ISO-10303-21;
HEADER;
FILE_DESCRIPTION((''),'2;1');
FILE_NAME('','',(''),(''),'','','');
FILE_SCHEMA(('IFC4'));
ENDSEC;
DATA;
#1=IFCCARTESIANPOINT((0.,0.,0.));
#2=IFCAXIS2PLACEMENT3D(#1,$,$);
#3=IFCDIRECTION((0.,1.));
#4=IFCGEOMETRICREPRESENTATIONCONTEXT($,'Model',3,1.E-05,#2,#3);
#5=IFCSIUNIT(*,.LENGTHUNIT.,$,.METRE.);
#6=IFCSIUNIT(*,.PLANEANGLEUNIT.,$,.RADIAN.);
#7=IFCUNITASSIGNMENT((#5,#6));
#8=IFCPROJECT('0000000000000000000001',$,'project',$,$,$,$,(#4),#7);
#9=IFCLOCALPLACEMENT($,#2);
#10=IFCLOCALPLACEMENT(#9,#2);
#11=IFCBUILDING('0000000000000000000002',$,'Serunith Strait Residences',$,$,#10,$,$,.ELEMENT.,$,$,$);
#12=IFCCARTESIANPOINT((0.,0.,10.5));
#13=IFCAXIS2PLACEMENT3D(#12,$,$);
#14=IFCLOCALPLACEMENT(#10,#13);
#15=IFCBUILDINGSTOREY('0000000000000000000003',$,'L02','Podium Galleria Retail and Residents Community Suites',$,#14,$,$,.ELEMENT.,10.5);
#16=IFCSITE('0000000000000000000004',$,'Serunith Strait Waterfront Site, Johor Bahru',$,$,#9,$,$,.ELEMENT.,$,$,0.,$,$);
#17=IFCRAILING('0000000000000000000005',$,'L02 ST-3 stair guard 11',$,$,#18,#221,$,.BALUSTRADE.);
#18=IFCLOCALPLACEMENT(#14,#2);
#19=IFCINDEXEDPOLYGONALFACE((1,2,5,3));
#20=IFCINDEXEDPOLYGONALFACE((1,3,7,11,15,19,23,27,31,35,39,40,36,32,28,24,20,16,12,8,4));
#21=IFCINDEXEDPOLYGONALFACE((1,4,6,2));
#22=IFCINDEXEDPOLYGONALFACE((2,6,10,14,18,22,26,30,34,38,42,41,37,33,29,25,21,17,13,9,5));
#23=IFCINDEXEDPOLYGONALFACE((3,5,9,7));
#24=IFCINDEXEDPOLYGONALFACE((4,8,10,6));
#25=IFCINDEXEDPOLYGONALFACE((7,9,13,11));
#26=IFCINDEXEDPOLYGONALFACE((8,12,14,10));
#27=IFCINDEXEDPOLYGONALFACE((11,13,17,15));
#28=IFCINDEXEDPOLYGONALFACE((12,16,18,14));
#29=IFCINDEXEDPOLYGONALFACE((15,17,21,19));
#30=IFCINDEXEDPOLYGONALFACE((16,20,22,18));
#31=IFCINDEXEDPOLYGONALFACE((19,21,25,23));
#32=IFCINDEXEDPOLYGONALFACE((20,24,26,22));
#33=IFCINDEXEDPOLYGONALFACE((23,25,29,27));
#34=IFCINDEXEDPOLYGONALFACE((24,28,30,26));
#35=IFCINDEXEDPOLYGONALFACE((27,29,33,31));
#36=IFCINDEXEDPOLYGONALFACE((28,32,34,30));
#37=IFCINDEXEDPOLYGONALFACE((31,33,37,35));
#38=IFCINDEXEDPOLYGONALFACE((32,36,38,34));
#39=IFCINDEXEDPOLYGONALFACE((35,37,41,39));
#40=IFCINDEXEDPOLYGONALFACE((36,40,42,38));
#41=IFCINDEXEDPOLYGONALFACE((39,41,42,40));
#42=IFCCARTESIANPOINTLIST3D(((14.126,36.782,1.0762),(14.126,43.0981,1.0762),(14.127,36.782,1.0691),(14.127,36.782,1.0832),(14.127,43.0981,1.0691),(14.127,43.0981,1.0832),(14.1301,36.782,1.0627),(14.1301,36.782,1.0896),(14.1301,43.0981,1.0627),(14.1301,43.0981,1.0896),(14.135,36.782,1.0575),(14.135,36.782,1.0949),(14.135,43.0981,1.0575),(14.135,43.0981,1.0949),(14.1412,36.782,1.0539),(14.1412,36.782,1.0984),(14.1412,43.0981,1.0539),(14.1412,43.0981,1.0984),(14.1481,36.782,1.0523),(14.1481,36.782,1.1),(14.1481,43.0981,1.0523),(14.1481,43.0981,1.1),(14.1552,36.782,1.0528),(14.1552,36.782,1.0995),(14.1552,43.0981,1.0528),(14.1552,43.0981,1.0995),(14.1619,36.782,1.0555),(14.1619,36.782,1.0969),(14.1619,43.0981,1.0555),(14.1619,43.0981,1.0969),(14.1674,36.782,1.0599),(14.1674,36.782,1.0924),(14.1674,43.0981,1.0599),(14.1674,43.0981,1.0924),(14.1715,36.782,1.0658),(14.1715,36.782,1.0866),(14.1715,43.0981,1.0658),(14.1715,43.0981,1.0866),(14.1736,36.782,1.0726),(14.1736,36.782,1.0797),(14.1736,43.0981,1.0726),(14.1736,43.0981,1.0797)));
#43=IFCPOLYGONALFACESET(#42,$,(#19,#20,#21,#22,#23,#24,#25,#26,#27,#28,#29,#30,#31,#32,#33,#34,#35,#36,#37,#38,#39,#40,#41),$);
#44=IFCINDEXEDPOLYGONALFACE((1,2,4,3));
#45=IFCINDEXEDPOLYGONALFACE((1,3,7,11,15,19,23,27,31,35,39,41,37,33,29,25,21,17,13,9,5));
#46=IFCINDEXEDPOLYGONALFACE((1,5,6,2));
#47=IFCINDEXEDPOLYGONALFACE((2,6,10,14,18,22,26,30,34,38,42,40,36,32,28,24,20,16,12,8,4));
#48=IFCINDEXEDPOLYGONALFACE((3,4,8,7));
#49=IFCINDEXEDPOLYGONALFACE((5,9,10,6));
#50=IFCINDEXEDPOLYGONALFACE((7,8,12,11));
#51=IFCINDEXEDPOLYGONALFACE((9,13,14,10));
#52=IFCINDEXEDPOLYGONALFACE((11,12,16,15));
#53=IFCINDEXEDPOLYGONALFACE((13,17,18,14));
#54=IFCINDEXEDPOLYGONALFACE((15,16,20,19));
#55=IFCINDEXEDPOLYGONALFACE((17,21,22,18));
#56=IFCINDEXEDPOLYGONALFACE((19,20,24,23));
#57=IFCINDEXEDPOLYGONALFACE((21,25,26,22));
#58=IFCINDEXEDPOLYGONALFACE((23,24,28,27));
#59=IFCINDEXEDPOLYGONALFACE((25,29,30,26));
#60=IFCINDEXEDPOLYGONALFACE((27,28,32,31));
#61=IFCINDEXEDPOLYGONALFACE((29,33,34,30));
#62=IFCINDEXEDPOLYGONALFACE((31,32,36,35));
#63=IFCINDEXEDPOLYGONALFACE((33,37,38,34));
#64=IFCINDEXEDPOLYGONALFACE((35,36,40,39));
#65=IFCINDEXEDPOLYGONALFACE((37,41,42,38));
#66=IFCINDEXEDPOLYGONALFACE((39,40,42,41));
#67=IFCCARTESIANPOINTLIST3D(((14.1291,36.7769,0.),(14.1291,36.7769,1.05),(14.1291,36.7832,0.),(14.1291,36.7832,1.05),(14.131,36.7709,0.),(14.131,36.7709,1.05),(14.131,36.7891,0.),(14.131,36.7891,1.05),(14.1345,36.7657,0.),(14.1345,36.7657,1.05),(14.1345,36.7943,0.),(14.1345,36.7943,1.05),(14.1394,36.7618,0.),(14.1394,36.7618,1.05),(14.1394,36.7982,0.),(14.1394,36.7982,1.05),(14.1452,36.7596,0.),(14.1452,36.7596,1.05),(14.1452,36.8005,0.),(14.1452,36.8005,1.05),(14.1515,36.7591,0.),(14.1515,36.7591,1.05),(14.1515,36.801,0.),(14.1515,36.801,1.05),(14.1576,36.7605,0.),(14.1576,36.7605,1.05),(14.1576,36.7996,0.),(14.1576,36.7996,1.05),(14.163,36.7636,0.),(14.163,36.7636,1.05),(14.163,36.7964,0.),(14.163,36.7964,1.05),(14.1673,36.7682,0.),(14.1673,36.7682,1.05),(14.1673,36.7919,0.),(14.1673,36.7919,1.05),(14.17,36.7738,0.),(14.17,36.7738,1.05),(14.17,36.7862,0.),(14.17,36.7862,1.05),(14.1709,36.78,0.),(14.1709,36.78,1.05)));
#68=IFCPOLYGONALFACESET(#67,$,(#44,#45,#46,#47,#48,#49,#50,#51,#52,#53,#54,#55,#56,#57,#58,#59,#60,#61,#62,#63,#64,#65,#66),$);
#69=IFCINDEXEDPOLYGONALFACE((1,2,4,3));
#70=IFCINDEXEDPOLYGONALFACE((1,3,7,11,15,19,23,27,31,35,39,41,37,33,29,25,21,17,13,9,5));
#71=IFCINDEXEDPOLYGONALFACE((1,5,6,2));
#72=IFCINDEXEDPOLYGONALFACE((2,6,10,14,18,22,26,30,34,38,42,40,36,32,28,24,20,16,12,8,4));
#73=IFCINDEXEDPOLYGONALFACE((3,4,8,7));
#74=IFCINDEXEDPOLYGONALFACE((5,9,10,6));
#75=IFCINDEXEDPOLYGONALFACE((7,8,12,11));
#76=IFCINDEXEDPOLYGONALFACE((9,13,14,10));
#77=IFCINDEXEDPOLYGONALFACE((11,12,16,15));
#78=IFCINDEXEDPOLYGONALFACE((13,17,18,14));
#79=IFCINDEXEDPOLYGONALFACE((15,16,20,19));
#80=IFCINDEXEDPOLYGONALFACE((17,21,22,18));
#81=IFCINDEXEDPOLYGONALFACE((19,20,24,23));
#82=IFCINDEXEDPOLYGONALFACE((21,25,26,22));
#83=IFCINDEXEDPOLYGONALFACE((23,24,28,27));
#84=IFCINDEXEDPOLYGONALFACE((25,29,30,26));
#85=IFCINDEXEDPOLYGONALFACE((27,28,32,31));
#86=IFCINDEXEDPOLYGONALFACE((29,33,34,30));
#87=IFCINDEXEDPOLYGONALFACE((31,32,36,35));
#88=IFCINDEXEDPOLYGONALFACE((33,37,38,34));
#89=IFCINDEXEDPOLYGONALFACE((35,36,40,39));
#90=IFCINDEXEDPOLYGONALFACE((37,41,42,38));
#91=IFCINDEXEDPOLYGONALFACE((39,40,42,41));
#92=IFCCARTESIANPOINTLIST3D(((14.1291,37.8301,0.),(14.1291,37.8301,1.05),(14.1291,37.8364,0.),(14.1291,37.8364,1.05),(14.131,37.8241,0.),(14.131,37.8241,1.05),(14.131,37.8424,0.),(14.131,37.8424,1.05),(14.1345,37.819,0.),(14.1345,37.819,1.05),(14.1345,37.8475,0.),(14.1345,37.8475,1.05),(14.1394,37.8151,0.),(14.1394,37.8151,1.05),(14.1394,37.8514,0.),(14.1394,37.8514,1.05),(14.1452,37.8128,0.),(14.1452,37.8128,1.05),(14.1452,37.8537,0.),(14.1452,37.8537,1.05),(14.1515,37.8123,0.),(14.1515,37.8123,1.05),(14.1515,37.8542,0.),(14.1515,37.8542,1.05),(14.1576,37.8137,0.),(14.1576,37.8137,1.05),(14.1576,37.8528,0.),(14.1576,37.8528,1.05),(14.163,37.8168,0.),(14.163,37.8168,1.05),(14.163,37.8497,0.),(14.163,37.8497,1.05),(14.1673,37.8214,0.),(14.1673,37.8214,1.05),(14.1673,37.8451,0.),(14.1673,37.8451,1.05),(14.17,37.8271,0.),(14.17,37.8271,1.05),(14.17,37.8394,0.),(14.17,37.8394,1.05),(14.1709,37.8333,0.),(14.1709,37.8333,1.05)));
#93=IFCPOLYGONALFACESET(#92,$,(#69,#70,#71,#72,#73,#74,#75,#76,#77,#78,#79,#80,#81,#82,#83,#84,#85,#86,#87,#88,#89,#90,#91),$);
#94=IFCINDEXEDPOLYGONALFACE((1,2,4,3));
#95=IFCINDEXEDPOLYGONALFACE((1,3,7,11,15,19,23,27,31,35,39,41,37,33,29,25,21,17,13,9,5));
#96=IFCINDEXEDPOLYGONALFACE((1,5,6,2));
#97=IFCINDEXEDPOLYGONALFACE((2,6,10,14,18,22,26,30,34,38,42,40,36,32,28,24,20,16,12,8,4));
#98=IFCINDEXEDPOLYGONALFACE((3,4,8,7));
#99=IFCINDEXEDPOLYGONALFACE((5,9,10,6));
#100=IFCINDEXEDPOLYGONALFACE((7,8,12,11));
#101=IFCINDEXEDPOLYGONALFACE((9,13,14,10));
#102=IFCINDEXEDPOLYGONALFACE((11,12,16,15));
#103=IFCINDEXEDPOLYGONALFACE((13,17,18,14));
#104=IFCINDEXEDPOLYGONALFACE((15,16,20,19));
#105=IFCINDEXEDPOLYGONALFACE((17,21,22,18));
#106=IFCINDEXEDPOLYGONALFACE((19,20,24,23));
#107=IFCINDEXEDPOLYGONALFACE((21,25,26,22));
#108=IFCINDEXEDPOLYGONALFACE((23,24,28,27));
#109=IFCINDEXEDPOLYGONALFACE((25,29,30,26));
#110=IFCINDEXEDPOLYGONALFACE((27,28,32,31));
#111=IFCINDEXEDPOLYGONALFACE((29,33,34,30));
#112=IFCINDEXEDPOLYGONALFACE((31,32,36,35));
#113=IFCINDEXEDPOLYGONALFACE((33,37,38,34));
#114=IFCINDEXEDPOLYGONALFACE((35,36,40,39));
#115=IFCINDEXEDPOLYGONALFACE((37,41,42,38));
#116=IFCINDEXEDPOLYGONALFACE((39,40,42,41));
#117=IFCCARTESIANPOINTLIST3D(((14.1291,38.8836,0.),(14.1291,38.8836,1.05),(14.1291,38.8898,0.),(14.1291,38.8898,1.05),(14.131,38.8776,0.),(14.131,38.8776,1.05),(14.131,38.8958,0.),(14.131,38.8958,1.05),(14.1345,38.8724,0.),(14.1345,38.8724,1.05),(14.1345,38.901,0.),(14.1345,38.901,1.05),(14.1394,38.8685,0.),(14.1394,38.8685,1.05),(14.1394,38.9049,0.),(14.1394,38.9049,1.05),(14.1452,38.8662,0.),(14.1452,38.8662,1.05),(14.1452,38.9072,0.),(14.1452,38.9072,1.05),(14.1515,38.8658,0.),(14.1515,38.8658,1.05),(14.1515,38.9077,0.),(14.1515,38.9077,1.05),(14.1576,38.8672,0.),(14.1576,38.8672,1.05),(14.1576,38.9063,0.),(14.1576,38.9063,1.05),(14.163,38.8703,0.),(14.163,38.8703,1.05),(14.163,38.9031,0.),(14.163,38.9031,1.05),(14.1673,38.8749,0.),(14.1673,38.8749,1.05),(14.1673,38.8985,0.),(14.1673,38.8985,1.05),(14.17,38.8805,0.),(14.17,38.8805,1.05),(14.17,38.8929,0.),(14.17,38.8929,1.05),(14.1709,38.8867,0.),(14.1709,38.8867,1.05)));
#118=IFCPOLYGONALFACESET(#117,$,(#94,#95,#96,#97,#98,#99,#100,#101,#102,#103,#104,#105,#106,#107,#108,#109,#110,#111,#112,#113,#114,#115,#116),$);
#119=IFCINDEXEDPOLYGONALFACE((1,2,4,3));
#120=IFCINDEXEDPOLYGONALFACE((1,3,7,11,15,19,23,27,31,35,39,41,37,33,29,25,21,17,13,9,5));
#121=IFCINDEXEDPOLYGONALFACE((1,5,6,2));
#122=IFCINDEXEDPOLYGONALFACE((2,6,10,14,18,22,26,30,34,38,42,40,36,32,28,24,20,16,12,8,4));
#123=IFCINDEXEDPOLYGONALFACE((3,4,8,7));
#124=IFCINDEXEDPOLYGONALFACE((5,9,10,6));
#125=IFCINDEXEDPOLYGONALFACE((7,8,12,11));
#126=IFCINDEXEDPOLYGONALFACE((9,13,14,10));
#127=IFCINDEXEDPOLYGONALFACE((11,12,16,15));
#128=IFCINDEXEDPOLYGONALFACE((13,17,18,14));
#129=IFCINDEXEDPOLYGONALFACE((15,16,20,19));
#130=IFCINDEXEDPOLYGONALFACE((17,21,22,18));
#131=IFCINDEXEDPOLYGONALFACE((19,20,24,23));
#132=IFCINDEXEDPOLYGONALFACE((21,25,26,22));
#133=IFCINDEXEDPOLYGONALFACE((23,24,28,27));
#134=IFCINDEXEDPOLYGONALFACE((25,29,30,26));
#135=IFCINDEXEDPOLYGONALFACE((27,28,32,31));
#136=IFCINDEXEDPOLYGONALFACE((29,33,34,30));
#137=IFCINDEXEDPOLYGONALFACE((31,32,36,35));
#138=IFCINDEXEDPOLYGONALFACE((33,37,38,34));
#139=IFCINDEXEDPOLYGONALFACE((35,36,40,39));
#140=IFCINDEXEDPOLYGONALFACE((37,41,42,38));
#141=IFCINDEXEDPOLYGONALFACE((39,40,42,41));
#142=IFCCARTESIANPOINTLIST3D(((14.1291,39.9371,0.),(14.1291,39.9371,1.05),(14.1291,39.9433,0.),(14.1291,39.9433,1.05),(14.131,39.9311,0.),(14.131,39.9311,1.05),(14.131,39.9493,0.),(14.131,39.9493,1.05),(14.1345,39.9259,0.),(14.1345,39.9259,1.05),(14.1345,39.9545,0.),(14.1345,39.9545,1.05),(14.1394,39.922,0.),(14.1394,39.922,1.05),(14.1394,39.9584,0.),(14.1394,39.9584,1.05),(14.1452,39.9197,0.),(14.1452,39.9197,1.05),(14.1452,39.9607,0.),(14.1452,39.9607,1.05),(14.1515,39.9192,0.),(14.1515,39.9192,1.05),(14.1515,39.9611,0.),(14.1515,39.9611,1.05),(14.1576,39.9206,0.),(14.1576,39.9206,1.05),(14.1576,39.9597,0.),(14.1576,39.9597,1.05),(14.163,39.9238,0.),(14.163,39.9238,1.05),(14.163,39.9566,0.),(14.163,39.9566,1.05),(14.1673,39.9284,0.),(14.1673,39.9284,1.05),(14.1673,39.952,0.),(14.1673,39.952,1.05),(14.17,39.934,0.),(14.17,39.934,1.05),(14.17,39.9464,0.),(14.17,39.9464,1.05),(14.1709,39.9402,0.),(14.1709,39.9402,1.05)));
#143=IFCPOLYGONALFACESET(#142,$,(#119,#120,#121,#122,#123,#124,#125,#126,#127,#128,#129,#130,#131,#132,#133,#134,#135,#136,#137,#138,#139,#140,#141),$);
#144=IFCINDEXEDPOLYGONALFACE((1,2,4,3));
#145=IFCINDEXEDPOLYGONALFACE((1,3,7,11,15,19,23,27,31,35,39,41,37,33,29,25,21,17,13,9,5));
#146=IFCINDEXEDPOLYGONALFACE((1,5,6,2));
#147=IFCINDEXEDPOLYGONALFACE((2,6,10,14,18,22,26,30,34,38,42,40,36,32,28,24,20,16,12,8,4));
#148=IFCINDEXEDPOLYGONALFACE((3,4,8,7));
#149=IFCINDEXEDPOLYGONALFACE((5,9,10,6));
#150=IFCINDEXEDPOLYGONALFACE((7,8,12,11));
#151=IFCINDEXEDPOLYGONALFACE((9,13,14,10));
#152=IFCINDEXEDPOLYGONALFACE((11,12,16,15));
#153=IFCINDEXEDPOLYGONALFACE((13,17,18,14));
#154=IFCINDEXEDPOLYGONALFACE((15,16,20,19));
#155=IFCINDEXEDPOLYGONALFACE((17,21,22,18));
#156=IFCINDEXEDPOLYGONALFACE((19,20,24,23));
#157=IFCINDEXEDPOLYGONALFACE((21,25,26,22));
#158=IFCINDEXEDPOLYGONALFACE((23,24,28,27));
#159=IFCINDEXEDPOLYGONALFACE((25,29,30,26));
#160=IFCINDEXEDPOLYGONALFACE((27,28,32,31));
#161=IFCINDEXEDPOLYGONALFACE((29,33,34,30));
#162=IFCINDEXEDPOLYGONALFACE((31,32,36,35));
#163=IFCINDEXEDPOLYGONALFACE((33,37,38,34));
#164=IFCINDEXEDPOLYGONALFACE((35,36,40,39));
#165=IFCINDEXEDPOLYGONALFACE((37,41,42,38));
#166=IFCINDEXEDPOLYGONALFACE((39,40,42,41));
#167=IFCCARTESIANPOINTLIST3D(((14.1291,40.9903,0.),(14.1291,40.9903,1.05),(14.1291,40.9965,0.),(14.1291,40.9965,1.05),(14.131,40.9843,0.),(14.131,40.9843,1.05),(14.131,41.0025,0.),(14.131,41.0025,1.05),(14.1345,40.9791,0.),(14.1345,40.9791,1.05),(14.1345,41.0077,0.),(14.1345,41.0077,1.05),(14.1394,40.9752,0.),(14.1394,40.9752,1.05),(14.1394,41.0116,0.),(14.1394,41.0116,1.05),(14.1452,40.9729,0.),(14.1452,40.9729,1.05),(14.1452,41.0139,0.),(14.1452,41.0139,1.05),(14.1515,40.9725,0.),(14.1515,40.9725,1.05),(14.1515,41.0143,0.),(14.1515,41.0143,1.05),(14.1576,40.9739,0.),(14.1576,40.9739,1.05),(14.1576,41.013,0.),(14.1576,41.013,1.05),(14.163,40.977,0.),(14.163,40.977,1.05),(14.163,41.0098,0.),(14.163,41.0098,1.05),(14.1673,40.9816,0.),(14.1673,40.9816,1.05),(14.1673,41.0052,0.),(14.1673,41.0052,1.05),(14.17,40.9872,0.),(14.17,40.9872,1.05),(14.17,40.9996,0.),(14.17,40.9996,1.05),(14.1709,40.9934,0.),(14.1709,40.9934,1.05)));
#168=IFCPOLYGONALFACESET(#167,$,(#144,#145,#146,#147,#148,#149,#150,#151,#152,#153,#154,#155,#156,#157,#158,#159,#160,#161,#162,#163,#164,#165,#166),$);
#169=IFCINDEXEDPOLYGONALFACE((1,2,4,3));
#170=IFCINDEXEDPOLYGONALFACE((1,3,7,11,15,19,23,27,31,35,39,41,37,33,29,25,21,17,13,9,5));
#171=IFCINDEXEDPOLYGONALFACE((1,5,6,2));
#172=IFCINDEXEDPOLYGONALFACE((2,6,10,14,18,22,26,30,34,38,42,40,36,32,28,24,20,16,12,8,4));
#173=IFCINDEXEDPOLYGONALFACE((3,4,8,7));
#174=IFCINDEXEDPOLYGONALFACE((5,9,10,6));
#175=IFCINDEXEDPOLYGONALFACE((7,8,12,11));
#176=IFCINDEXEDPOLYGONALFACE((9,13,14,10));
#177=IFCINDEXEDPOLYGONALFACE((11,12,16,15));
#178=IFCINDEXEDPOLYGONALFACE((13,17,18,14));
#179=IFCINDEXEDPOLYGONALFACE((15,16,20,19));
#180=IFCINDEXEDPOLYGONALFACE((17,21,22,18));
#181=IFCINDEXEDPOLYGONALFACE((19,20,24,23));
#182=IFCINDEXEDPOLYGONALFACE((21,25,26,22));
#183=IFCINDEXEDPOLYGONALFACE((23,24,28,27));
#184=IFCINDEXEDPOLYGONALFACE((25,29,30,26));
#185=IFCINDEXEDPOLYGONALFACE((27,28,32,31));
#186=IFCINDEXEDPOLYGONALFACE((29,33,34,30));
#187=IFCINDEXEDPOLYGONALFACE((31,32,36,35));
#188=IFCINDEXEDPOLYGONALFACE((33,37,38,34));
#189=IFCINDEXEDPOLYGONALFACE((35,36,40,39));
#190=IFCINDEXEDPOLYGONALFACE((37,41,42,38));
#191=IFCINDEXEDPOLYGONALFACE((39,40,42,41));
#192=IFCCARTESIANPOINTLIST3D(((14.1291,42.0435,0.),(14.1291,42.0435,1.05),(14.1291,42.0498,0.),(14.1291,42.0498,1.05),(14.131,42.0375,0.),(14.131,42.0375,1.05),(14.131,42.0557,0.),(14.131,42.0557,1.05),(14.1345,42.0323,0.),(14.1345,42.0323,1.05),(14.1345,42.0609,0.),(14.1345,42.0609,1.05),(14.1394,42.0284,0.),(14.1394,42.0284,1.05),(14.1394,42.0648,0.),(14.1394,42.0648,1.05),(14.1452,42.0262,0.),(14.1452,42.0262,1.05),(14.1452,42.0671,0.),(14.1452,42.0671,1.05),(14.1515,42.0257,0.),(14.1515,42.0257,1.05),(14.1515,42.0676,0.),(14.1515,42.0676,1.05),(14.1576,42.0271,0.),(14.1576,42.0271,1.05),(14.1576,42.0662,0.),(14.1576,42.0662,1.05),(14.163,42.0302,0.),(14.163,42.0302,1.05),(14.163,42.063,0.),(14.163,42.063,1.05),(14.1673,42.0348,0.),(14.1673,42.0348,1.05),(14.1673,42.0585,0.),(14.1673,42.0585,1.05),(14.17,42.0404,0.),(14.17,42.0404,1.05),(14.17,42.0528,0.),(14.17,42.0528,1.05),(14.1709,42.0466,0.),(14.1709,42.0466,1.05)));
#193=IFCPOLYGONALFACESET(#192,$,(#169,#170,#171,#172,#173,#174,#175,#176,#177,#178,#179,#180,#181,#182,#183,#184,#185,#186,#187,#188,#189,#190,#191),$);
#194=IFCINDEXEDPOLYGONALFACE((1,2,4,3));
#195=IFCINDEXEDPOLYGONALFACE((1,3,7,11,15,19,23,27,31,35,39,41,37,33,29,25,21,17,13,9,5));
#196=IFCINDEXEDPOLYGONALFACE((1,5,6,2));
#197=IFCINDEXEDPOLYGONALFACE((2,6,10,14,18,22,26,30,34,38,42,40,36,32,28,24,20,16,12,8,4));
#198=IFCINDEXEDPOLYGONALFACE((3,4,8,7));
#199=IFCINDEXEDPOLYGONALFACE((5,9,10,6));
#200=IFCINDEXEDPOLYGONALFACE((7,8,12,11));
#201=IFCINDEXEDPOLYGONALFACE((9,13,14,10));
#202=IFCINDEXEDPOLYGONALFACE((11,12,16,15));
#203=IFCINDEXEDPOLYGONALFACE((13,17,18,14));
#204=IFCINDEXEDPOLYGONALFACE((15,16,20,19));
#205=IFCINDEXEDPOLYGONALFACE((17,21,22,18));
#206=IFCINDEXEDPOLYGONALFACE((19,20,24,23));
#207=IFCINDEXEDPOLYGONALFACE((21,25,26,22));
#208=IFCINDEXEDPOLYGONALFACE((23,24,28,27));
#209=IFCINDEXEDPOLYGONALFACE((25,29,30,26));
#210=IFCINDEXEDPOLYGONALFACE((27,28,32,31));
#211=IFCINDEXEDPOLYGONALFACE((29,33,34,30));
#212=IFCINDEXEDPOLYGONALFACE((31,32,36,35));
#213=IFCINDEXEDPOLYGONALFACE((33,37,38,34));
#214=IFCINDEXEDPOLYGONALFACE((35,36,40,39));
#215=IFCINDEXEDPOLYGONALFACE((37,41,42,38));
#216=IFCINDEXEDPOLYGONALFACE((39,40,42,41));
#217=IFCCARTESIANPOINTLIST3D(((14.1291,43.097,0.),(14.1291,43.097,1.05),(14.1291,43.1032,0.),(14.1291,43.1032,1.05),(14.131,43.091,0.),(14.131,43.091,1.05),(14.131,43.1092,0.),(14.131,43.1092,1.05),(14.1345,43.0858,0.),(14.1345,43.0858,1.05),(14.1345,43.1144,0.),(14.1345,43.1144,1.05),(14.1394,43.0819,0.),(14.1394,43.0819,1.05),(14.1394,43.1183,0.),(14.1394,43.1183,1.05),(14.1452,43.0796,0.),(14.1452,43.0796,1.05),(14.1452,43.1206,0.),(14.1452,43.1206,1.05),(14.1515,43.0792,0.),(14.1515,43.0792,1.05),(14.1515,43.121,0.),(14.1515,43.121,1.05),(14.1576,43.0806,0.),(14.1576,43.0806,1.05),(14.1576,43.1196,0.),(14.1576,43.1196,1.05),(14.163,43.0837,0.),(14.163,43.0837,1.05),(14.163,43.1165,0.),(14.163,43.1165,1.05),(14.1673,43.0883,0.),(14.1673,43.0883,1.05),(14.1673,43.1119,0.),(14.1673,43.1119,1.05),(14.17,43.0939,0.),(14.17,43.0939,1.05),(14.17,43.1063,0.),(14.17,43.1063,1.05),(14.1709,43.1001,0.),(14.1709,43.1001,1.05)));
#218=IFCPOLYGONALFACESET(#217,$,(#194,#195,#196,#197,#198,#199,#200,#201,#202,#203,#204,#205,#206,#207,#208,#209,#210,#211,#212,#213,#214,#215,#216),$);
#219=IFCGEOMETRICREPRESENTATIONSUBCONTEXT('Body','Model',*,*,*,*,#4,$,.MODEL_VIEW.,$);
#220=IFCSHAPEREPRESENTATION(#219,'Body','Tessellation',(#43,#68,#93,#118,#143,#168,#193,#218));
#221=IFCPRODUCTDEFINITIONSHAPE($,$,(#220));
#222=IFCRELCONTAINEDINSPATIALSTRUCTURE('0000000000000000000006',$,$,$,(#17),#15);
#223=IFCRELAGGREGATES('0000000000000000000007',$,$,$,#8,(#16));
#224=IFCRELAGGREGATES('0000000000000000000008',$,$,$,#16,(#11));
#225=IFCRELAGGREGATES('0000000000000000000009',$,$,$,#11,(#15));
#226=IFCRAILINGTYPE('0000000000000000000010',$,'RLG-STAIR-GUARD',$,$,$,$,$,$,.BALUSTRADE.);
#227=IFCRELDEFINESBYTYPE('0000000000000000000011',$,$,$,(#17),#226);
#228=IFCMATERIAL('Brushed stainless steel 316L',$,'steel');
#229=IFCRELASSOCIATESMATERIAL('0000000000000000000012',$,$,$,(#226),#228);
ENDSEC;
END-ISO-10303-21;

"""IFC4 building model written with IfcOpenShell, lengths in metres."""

from ifc_helpers import new_model, si_unit, direction, frame, origin, origin_2d, place, context, subcontext, project, spatial, circle, extrude, material, type_object, element, save


model = new_model("IFC4")

# Units and contexts
model_context = context("Model", 3, precision=1e-05, world=origin(), true_north=direction((0.0, 1.0)))
body_context = subcontext(model_context, "Body", "Model", "MODEL_VIEW")
ifc_project = project(units=[si_unit("LENGTHUNIT", "METRE"), si_unit("PLANEANGLEUNIT", "RADIAN")], contexts=[model_context])

# Site, building, storey
site_placement = place(None, origin())
site = spatial("IfcSite", under=ifc_project, at=site_placement, Name="Serunith Strait Waterfront Site, Johor Bahru", CompositionType="ELEMENT", RefElevation=0.0)
building_placement = place(site_placement, origin())
building = spatial("IfcBuilding", under=site, at=building_placement, Name="Serunith Strait Residences", CompositionType="ELEMENT")
storey_placement = place(building_placement, frame((0.0, 0.0, 10.5)))
storey = spatial("IfcBuildingStorey", under=building, at=storey_placement, Name="L02", Description="Podium Galleria Retail and Residents Community Suites", CompositionType="ELEMENT", Elevation=10.5)

# Railing
ifc_material_1 = material(Name="Brushed stainless steel 316L", Category="steel")
railing_type_1 = type_object("IfcRailingType", Name="RLG-STAIR-GUARD", PredefinedType="BALUSTRADE", material=ifc_material_1)
railing_1_placement = place(storey_placement, frame((14.1499, 36.78, 0.0)))
element("IfcRailing", 1, at=railing_1_placement, inside=storey, type_object=railing_type_1, Name="L02 ST-3 stair guard 11", PredefinedType="BALUSTRADE", context=body_context, shape_type="SweptSolid", body=[
    extrude(circle(Radius=0.0239, at=origin_2d()), frame((0.0, 0.002, 1.0762), z_axis=(0.0, 1.0, 0.0), x_axis=(-1.0, 0.0, 0.0)), (0.0, 0.0, 1.0), 6.3162),
    extrude(circle(Radius=0.021, at=origin_2d()), origin(), (0.0, 0.0, 1.0), 1.05),
    extrude(circle(Radius=0.021, at=origin_2d()), frame((0.0, 1.0532, 0.0)), (0.0, 0.0, 1.0), 1.05),
    extrude(circle(Radius=0.021, at=origin_2d()), frame((0.0, 2.1067, 0.0)), (0.0, 0.0, 1.0), 1.05),
    extrude(circle(Radius=0.021, at=origin_2d()), frame((0.0, 3.1602, 0.0)), (0.0, 0.0, 1.0), 1.05),
    extrude(circle(Radius=0.021, at=origin_2d()), frame((0.0, 4.2134, 0.0)), (0.0, 0.0, 1.0), 1.05),
    extrude(circle(Radius=0.021, at=origin_2d()), frame((0.0, 5.2666, 0.0)), (0.0, 0.0, 1.0), 1.05),
    extrude(circle(Radius=0.021, at=origin_2d()), frame((0.0, 6.3201, 0.0)), (0.0, 0.0, 1.0), 1.05),
])

save(model, "model.ifc")
